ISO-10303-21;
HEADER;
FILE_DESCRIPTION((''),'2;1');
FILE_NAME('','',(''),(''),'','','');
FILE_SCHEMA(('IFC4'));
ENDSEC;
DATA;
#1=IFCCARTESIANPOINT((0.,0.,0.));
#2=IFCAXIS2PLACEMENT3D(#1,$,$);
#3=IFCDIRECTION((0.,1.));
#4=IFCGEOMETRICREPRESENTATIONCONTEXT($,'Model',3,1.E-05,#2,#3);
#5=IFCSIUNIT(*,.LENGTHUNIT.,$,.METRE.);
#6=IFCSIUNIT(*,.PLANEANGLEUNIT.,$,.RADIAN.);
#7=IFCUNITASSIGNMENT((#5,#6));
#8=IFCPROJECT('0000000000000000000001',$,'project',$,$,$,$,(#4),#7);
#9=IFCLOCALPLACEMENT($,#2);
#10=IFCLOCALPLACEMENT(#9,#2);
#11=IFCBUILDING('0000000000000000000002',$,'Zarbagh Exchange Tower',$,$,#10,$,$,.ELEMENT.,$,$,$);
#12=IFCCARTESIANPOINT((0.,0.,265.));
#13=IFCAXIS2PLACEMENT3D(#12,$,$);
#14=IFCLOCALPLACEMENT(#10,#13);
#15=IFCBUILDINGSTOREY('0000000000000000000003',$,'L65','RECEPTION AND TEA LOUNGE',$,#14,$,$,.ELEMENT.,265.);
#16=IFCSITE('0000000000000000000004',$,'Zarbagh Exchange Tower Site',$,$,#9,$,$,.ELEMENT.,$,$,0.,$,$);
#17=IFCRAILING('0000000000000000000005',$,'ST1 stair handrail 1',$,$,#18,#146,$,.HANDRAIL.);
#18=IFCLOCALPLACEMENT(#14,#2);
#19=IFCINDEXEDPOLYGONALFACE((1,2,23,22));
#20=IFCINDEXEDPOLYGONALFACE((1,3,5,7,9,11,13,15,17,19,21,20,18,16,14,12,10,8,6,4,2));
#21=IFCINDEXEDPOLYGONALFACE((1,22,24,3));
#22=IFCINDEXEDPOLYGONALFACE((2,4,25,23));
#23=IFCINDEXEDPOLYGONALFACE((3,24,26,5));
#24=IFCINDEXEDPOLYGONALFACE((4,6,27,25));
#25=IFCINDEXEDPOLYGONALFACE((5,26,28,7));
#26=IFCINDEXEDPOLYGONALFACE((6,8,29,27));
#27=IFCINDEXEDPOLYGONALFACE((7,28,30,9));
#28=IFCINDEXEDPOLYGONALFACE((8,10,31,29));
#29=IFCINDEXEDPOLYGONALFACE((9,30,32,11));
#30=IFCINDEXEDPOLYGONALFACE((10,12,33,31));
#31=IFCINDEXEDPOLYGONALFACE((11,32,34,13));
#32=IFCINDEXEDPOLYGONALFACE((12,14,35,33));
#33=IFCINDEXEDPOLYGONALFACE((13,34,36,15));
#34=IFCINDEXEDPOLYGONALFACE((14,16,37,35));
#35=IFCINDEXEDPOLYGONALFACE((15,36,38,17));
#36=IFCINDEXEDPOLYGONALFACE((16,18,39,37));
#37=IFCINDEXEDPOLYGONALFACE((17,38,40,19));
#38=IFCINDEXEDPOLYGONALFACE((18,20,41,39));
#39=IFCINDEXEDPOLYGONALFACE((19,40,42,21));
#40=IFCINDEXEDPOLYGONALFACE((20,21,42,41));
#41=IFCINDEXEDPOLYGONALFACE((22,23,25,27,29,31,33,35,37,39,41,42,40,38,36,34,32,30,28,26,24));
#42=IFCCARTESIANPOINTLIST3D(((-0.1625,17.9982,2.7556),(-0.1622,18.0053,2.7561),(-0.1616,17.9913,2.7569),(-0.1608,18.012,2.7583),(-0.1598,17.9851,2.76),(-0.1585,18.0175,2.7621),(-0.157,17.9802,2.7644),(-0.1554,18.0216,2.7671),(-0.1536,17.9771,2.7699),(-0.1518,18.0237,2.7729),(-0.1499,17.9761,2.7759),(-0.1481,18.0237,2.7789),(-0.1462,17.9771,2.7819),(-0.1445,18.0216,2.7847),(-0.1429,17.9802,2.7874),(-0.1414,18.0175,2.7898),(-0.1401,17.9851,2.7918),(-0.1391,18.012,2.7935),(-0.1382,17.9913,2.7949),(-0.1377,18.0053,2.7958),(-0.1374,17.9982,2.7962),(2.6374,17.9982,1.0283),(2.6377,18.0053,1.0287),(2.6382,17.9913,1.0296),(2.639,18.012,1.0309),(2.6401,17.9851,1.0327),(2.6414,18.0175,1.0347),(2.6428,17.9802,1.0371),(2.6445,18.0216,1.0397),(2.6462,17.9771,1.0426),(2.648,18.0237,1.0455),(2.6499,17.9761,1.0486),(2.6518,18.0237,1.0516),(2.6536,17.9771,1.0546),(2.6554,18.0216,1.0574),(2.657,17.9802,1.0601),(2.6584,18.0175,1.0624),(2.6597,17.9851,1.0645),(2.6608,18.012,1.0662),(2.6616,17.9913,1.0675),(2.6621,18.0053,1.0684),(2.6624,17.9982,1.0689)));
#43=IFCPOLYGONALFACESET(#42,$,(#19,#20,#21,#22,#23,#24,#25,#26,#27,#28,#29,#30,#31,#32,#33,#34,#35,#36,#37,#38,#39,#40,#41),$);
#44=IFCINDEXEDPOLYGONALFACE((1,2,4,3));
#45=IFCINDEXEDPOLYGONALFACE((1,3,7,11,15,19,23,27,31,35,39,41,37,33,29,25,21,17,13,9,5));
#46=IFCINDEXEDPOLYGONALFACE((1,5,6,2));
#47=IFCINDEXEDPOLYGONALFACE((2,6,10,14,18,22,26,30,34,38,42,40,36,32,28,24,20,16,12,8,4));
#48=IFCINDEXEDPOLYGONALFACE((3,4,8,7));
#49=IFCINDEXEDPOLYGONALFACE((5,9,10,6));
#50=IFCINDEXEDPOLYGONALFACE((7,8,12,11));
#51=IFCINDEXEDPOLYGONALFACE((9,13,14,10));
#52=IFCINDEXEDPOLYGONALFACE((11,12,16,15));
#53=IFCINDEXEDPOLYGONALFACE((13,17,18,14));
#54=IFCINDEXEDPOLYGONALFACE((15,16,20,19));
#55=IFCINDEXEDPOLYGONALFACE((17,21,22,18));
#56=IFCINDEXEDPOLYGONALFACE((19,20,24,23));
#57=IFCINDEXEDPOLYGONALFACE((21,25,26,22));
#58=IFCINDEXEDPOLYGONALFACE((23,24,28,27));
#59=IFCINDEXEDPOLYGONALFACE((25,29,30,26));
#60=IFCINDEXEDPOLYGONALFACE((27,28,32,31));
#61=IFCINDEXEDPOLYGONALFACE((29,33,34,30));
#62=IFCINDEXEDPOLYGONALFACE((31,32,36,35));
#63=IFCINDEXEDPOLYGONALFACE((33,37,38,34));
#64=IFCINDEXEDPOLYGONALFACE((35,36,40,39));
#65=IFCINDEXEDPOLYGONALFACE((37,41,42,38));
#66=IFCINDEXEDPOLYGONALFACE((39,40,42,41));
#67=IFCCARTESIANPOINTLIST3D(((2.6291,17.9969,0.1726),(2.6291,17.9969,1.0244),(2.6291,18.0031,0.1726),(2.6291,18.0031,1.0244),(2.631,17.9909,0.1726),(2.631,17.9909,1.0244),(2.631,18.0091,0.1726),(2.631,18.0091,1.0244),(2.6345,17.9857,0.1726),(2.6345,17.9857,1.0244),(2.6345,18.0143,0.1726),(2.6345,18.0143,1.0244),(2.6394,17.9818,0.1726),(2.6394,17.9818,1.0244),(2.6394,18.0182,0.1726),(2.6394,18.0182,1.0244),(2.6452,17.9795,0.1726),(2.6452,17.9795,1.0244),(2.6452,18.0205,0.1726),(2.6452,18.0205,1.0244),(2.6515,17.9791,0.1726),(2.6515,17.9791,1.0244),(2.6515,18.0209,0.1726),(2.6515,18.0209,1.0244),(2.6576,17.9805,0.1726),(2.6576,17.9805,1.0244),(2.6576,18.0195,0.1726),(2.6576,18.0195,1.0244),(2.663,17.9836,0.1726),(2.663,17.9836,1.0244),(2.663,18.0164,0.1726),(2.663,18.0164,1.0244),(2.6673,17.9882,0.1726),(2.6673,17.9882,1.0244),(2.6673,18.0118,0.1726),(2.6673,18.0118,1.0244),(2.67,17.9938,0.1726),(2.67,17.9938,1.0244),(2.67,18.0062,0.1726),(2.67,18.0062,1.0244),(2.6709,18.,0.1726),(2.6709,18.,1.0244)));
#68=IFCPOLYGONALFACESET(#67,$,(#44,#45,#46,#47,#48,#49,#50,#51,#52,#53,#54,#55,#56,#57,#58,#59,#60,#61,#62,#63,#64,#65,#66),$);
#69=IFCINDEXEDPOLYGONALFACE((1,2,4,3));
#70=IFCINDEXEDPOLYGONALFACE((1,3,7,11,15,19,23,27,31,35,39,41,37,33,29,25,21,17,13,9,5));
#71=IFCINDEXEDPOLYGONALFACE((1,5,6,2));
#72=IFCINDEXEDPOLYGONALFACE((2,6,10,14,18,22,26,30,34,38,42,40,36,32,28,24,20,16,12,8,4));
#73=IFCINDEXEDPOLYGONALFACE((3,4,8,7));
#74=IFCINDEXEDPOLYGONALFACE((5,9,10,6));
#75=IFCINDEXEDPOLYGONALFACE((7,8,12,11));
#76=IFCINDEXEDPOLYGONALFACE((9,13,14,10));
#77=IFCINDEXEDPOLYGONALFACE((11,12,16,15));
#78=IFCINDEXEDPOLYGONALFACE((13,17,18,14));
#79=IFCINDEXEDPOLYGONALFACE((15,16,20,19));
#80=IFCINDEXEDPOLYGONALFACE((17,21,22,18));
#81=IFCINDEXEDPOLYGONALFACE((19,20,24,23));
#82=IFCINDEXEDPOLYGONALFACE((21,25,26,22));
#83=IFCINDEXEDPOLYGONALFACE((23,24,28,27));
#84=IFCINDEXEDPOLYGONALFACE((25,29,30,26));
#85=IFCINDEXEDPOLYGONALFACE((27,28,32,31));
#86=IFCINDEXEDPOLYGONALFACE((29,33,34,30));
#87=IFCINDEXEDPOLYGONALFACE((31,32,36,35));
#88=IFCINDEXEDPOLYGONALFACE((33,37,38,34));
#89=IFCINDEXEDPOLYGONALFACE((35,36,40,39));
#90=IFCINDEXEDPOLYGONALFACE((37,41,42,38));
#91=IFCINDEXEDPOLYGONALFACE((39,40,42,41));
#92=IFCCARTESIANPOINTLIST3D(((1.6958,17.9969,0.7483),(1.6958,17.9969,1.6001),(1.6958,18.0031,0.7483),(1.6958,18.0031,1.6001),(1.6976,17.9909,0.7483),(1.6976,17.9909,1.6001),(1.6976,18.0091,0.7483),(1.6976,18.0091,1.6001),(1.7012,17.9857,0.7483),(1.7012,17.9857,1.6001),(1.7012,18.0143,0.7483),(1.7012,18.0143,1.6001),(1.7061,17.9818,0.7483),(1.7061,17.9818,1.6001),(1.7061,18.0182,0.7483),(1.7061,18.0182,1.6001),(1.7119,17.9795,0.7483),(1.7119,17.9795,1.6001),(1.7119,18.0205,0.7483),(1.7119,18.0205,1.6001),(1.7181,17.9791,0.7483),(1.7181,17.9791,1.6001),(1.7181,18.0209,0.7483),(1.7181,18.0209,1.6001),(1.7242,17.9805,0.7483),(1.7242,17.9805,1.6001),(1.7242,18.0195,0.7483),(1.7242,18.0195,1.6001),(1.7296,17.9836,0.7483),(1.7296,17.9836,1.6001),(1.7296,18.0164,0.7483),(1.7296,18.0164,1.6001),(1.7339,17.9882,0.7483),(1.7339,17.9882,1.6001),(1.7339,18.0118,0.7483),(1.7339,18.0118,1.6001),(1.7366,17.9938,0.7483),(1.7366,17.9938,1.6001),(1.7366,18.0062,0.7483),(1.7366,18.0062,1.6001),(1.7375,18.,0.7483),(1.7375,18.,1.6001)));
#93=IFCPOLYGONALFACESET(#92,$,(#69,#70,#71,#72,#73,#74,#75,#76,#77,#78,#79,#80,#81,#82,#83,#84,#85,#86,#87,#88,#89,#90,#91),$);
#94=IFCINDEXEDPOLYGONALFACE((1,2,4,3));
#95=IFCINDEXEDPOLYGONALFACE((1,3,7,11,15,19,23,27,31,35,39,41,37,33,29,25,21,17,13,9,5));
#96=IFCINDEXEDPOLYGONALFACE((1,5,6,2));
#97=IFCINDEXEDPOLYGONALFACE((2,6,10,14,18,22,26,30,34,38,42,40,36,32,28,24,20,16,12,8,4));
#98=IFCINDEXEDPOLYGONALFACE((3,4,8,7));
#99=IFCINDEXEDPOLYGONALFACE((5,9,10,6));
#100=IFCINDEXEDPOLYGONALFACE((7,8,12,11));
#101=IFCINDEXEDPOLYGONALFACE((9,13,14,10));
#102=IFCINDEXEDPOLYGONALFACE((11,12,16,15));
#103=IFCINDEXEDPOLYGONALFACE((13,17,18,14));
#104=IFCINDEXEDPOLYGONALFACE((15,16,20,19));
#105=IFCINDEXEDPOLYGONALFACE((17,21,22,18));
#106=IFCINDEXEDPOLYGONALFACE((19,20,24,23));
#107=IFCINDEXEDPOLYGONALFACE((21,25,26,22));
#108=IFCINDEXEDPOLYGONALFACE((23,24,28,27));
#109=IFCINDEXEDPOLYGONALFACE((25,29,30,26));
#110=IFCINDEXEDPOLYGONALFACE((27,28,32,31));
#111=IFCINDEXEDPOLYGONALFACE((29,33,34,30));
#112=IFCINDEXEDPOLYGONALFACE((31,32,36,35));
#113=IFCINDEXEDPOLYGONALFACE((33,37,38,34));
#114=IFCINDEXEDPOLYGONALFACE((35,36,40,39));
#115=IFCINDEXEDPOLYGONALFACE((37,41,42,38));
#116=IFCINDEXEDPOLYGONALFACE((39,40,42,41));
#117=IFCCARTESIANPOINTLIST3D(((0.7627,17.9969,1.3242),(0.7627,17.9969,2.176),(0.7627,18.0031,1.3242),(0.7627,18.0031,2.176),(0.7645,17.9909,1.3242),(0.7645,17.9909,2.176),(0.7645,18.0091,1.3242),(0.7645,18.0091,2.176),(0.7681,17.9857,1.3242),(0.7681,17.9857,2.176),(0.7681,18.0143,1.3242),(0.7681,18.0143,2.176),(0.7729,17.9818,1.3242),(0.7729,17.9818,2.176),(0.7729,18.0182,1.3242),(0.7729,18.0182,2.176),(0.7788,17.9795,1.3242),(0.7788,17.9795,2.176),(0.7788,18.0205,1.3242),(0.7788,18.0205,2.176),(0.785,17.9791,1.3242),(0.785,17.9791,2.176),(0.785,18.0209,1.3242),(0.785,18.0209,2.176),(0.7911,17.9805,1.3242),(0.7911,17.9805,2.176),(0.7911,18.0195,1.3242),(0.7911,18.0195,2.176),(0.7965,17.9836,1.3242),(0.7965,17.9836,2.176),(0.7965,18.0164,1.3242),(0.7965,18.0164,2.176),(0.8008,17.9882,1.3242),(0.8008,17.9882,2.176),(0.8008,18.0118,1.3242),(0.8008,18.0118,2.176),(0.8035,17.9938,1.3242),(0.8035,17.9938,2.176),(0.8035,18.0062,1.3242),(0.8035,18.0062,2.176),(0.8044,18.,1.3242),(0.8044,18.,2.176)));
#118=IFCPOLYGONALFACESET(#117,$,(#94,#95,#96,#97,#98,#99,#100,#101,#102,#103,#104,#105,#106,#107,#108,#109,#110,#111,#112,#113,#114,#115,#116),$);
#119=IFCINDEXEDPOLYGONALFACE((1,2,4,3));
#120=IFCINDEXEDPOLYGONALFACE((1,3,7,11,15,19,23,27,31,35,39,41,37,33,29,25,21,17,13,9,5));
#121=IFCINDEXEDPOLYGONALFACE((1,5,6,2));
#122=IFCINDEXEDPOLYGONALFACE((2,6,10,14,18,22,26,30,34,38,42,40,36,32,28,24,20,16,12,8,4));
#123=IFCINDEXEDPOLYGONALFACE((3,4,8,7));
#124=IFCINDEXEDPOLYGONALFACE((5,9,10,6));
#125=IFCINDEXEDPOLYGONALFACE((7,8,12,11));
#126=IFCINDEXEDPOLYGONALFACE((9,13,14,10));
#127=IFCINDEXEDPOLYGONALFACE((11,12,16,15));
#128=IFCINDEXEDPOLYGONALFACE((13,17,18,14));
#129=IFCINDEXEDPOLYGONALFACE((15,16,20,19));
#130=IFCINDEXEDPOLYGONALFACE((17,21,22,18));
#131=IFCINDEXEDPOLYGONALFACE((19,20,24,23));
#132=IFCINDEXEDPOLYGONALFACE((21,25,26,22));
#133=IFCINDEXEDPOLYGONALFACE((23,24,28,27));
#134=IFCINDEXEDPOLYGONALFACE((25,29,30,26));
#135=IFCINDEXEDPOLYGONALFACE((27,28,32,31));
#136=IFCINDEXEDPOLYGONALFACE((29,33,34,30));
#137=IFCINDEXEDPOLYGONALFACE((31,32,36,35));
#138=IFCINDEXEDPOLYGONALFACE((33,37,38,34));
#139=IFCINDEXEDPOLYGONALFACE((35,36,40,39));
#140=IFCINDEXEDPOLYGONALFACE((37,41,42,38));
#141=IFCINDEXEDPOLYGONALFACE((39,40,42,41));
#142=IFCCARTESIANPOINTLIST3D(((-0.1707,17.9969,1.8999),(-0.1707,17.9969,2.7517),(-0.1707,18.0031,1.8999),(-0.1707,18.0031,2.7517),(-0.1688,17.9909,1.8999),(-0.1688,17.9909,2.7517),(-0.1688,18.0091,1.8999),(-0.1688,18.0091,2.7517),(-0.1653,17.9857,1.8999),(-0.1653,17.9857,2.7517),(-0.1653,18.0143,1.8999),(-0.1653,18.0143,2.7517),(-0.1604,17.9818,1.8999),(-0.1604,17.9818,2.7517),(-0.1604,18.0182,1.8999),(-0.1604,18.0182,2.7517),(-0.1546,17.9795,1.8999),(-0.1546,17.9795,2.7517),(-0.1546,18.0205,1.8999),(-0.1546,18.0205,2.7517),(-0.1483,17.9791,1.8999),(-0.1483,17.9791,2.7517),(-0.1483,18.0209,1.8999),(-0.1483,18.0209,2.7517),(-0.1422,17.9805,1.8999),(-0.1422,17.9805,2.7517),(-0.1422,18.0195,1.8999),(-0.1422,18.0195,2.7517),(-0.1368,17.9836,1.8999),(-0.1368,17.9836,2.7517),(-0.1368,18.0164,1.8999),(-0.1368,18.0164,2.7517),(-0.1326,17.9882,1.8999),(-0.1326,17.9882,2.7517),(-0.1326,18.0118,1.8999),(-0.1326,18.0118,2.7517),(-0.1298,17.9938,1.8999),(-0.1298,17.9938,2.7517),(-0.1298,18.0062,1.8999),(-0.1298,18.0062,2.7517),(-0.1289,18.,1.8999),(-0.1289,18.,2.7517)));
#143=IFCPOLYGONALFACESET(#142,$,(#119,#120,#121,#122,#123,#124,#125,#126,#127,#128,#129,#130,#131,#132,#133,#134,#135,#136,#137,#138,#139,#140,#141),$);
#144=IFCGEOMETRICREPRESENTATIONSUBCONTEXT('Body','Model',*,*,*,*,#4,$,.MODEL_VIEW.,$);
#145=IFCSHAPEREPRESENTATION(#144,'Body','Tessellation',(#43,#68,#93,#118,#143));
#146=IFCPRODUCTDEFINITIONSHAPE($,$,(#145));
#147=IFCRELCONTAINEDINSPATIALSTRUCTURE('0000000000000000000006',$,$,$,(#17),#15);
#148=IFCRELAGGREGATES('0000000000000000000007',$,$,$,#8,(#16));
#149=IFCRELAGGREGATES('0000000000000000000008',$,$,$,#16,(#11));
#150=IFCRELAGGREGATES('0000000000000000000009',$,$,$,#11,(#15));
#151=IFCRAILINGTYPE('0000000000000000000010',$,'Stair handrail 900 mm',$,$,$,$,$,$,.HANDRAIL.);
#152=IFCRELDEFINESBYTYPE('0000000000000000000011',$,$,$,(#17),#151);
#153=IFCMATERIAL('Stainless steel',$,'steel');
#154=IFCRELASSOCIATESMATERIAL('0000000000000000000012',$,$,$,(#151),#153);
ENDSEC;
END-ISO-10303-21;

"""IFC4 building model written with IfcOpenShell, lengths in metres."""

from ifc_helpers import new_model, si_unit, direction, frame, origin, origin_2d, place, context, subcontext, project, spatial, circle, extrude, material, type_object, element, save


model = new_model("IFC4")

# Units and contexts
model_context = context("Model", 3, precision=1e-05, world=origin(), true_north=direction((0.0, 1.0)))
body_context = subcontext(model_context, "Body", "Model", "MODEL_VIEW")
ifc_project = project(units=[si_unit("LENGTHUNIT", "METRE"), si_unit("PLANEANGLEUNIT", "RADIAN")], contexts=[model_context])

# Site, building, storey
site_placement = place(None, origin())
site = spatial("IfcSite", under=ifc_project, at=site_placement, Name="Zarbagh Exchange Tower Site", CompositionType="ELEMENT", RefElevation=0.0)
building_placement = place(site_placement, origin())
building = spatial("IfcBuilding", under=site, at=building_placement, Name="Zarbagh Exchange Tower", CompositionType="ELEMENT")
storey_placement = place(building_placement, frame((0.0, 0.0, 265.0)))
storey = spatial("IfcBuildingStorey", under=building, at=storey_placement, Name="L65", Description="RECEPTION AND TEA LOUNGE", CompositionType="ELEMENT", Elevation=265.0)

# Shared definitions
ifc_material_1 = material(Name="Stainless steel", Category="steel")

# Railing
railing_type_1 = type_object("IfcRailingType", Name="Stair handrail 900 mm", PredefinedType="HANDRAIL", material=ifc_material_1)
railing_1_placement = place(storey_placement, frame((2.6499, 18.0, 0.1726)))
element("IfcRailing", 1, at=railing_1_placement, inside=storey, type_object=railing_type_1, Name="ST1 stair handrail 1", PredefinedType="HANDRAIL", context=body_context, shape_type="SweptSolid", body=[
    extrude(circle(Radius=0.0239, at=origin_2d()), frame((0.0, 0.0, 0.876), z_axis=(-0.851069, 0.0, 0.525054), x_axis=(0.0, -1.0, 0.0)), (0.0, 0.0, 1.0), 3.2898),
    extrude(circle(Radius=0.021, at=origin_2d()), origin(), (0.0, 0.0, 1.0), 0.8518),
    extrude(circle(Radius=0.021, at=origin_2d()), frame((-0.9333, 0.0, 0.5757)), (0.0, 0.0, 1.0), 0.8518),
    extrude(circle(Radius=0.021, at=origin_2d()), frame((-1.8665, 0.0, 1.1516)), (0.0, 0.0, 1.0), 0.8518),
    extrude(circle(Radius=0.021, at=origin_2d()), frame((-2.7998, 0.0, 1.7273)), (0.0, 0.0, 1.0), 0.8518),
])

save(model, "model.ifc")
